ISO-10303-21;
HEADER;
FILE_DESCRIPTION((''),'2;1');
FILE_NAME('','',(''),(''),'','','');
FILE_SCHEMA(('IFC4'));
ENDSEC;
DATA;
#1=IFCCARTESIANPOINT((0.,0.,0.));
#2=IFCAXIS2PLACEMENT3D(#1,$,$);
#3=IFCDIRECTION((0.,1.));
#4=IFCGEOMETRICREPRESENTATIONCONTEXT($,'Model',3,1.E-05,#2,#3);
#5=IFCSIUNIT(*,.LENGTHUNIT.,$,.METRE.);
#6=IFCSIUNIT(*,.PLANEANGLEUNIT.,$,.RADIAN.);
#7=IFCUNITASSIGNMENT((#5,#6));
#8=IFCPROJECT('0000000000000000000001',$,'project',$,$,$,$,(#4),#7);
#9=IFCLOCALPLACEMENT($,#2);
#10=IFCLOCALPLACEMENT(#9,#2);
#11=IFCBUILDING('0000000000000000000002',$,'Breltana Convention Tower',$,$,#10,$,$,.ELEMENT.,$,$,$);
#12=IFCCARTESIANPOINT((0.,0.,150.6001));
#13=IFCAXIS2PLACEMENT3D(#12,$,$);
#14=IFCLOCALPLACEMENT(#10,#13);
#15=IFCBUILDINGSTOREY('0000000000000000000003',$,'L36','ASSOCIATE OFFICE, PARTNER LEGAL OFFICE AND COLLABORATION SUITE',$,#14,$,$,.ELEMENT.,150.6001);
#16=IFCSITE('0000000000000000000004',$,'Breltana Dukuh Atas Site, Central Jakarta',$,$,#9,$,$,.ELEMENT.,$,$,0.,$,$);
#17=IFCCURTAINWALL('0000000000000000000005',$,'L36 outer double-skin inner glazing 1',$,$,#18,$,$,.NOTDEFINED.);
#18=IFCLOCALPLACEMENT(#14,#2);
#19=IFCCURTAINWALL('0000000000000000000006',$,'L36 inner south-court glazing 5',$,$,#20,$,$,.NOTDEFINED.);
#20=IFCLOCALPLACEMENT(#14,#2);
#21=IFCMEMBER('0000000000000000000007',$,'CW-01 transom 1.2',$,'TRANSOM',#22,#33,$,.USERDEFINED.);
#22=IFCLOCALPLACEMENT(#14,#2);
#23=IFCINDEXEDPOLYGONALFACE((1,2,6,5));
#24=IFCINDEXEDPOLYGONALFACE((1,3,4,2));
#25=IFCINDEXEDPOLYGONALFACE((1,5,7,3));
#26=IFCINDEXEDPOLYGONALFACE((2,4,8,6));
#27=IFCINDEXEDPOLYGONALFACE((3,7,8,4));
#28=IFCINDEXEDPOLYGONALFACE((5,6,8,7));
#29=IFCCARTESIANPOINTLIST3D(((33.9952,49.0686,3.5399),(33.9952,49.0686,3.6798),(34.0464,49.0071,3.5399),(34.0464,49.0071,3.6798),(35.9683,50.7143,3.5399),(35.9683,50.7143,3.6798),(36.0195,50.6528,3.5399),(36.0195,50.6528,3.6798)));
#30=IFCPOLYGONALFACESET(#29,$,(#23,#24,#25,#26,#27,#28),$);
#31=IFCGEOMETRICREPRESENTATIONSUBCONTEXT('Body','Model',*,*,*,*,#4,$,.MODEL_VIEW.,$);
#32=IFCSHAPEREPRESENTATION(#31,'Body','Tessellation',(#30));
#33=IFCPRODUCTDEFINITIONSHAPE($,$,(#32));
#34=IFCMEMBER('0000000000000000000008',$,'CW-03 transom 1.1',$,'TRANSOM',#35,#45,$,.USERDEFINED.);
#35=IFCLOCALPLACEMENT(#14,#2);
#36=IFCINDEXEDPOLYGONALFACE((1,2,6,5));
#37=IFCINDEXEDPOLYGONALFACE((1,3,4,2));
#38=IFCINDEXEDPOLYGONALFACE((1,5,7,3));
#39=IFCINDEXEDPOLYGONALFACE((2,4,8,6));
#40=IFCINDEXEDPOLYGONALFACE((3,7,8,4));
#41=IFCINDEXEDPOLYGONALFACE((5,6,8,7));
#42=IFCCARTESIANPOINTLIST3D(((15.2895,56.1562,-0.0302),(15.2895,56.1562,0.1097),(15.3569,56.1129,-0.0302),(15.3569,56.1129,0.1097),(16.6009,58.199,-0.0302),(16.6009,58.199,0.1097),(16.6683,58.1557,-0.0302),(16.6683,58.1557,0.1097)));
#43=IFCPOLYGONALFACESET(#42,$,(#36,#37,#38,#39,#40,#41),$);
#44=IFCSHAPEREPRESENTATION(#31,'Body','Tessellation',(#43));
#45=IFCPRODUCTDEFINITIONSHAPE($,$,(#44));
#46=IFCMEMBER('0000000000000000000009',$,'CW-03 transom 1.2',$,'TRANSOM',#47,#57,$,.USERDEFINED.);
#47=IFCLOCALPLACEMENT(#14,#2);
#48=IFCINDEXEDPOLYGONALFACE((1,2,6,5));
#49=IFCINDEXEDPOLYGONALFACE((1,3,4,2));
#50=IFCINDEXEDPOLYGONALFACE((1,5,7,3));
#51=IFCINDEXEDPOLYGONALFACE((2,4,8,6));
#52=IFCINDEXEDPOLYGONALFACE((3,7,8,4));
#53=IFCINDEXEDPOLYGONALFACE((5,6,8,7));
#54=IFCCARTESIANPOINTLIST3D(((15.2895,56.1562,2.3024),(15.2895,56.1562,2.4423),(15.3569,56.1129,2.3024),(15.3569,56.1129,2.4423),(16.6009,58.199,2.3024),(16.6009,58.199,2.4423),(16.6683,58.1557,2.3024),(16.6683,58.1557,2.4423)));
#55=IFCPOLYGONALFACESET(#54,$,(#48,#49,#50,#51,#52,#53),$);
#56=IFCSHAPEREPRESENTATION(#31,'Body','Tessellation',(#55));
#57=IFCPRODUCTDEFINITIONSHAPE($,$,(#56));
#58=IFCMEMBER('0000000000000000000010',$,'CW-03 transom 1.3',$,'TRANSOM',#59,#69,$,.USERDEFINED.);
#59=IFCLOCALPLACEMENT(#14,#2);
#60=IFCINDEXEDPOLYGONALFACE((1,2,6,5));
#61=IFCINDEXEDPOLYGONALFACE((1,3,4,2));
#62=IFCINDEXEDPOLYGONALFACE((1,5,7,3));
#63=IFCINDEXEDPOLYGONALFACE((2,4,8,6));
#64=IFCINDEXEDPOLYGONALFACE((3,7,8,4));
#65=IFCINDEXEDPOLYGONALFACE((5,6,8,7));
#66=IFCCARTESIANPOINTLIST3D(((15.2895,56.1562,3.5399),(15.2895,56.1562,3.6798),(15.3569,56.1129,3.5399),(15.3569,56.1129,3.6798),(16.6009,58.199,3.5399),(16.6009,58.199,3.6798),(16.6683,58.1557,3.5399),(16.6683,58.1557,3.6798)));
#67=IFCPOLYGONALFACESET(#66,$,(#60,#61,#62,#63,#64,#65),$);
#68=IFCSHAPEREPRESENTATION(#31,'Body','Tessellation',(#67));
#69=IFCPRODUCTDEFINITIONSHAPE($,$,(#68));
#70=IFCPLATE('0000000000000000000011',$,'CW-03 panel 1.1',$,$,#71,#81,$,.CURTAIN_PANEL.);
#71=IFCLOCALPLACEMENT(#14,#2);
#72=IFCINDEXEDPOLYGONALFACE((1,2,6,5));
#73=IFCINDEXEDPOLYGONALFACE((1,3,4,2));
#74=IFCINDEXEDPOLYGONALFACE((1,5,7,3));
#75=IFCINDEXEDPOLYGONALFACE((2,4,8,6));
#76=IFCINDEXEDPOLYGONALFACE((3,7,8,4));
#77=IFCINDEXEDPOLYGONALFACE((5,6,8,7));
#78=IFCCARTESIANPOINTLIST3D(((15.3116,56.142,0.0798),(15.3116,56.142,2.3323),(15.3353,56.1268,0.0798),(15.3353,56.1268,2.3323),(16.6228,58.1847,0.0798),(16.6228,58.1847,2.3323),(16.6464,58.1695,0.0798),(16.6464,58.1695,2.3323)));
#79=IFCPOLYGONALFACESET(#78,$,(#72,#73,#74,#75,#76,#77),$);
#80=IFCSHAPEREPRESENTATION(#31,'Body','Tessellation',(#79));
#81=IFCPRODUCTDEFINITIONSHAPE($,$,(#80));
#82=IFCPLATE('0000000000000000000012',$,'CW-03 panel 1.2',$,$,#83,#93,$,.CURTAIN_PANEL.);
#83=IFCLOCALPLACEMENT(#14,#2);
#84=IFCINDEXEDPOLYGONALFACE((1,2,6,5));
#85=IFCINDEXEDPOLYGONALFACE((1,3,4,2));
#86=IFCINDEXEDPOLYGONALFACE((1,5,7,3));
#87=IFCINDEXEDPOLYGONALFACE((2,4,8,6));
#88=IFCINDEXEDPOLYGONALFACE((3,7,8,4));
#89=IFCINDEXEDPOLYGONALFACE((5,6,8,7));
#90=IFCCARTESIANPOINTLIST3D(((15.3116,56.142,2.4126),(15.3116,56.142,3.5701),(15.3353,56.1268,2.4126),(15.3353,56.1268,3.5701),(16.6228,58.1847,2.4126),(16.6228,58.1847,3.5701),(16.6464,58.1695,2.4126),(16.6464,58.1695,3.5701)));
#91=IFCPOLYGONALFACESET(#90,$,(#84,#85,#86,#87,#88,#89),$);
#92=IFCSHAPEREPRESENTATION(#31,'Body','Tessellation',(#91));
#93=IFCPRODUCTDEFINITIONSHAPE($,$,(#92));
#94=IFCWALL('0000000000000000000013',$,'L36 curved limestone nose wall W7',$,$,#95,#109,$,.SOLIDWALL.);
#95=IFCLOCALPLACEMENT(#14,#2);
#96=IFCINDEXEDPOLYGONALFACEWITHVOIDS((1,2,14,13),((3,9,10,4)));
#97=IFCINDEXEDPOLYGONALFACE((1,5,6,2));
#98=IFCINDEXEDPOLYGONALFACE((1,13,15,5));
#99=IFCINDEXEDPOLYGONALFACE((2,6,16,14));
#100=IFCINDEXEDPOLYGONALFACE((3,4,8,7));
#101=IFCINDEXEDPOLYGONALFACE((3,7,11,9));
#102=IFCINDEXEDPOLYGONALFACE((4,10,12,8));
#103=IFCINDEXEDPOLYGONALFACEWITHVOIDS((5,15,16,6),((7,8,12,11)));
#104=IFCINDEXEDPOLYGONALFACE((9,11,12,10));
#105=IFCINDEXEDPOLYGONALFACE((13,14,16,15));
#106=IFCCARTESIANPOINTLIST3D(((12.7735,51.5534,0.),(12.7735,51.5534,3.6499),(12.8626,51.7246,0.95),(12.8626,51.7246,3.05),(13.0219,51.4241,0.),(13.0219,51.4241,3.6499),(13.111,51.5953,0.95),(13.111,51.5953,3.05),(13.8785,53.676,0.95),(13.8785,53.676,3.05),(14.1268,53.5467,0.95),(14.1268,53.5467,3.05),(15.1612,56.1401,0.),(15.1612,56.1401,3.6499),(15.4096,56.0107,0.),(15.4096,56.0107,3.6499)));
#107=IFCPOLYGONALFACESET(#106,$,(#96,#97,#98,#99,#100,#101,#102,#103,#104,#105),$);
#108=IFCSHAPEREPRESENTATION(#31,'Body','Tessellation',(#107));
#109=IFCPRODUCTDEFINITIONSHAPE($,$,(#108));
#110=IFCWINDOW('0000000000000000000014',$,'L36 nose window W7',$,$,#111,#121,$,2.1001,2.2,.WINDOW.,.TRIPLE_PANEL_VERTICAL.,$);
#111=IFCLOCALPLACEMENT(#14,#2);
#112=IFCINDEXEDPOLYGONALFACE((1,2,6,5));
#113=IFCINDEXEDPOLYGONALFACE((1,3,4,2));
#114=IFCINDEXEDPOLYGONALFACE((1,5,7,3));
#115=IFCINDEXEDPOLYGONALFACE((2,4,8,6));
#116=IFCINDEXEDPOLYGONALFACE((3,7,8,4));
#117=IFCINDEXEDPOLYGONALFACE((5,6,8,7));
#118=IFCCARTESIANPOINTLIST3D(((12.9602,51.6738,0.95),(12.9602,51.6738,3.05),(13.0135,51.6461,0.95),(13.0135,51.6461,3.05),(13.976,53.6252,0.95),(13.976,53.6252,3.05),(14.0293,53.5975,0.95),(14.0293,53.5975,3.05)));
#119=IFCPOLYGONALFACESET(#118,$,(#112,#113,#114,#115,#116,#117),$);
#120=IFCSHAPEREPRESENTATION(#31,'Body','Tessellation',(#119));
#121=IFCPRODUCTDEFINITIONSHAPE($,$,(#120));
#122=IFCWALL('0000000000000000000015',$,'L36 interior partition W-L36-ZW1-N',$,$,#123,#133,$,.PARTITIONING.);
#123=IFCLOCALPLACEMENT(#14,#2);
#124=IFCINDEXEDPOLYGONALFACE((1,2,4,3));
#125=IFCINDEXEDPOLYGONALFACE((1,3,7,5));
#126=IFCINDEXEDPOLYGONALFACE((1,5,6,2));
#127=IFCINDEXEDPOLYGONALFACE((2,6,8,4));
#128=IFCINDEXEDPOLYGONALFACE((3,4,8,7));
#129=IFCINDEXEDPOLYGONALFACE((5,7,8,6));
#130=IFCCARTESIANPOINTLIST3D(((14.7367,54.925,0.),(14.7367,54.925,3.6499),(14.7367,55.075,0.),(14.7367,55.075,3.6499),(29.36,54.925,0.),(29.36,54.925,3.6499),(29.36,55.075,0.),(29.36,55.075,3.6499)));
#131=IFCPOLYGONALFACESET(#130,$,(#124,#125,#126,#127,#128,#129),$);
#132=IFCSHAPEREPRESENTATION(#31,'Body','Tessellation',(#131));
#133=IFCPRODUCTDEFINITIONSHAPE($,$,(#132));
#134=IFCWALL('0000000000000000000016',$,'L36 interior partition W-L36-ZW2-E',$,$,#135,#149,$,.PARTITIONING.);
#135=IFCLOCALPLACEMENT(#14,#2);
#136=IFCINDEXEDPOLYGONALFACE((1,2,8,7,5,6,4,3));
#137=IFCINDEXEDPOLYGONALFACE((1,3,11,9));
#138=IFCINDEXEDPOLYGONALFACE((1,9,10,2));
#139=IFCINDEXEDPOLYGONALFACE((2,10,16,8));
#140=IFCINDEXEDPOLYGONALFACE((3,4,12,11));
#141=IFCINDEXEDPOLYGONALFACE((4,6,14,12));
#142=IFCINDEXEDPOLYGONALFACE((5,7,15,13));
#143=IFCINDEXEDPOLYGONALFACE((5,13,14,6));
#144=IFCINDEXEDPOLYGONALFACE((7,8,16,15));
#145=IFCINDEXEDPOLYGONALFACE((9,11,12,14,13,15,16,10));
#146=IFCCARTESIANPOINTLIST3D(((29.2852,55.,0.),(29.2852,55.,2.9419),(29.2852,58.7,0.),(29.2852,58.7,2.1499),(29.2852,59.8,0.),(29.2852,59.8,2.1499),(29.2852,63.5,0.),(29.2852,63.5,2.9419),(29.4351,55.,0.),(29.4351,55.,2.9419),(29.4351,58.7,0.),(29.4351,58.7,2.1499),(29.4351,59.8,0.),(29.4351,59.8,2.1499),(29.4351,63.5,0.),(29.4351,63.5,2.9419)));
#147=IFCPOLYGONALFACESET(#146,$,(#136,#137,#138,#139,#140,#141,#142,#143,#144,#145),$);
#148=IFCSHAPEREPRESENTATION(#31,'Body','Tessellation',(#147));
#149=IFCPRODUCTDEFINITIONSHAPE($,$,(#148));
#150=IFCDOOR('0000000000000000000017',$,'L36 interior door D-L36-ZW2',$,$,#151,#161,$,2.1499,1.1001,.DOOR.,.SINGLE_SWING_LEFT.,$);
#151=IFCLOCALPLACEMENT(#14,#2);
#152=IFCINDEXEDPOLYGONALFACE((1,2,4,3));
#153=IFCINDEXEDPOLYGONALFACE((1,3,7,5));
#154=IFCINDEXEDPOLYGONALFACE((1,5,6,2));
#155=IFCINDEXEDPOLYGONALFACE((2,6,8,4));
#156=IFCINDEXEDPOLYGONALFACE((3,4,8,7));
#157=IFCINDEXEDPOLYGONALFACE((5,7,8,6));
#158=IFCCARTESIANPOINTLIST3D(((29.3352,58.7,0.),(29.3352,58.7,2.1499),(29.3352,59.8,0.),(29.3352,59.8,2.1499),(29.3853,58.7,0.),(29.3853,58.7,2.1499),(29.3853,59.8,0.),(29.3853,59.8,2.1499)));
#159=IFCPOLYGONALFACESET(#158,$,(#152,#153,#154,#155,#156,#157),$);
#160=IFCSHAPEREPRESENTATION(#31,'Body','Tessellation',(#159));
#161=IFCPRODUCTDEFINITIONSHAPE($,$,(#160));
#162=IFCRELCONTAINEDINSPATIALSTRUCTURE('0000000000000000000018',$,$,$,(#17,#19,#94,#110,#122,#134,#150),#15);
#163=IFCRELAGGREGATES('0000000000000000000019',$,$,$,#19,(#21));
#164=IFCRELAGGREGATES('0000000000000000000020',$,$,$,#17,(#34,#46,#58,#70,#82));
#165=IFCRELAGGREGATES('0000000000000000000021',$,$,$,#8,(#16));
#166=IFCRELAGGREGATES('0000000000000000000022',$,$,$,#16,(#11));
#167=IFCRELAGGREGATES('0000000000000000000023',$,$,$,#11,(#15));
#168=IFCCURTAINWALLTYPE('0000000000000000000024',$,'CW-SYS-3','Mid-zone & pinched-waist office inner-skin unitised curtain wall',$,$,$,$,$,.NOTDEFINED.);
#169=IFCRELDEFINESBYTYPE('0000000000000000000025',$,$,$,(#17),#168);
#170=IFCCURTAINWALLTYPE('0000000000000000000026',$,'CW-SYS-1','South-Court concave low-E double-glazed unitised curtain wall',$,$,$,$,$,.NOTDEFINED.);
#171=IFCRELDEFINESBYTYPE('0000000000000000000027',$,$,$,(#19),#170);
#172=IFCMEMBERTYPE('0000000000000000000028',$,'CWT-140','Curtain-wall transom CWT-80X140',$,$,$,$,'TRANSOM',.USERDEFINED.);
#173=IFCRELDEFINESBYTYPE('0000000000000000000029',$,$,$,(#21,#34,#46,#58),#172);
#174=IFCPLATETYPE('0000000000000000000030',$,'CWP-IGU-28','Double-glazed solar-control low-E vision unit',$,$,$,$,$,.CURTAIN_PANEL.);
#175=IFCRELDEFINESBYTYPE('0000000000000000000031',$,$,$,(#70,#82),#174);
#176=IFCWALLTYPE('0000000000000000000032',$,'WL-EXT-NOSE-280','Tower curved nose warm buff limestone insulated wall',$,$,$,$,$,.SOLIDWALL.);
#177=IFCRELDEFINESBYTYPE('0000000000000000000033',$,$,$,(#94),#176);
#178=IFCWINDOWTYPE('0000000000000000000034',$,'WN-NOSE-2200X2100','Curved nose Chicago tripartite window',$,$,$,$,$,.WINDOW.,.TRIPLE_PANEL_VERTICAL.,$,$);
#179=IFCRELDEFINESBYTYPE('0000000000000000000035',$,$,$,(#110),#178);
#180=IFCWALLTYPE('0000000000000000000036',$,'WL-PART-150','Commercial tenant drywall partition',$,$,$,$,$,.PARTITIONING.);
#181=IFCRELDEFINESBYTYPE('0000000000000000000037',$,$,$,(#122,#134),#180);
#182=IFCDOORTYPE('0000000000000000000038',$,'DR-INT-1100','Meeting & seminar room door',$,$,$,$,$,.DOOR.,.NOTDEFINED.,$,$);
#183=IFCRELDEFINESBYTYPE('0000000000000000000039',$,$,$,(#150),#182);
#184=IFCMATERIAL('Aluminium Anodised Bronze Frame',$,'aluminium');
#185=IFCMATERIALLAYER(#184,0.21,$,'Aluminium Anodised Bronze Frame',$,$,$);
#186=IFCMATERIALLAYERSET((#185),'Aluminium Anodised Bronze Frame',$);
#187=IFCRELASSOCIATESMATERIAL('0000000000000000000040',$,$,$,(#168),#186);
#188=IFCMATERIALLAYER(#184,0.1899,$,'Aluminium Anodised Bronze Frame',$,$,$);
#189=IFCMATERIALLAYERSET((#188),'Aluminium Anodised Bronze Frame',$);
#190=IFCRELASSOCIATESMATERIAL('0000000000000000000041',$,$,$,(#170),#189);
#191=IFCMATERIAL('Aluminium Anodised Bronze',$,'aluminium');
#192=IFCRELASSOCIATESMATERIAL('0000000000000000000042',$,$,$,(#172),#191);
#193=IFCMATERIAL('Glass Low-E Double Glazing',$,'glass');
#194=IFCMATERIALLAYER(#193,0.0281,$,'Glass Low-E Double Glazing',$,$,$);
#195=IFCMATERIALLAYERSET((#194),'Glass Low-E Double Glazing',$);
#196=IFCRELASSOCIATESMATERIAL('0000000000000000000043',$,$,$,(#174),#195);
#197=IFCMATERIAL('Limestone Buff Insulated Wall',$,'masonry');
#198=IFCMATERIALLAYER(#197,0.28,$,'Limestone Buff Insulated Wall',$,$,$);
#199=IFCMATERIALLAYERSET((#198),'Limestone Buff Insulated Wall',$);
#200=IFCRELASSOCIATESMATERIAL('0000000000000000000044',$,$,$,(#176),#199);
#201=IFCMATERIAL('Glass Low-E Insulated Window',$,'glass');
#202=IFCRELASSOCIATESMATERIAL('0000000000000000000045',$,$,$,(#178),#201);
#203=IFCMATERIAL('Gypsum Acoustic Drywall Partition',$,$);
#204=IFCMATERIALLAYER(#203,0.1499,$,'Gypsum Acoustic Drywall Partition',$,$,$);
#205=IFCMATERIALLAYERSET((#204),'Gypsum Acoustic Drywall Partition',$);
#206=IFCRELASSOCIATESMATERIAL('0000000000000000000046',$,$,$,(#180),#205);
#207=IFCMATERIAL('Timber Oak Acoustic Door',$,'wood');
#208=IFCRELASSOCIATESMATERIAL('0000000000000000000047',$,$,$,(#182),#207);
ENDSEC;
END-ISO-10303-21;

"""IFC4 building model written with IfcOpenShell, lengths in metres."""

from ifc_helpers import new_model, si_unit, direction, frame, frame_2d, origin, origin_2d, place, context, subcontext, project, spatial, rectangle, extrude, source, transform, mapped, material, layer, layer_set, material_profile, profile_set, type_object, type_shapes, element, fill, aggregate, save


model = new_model("IFC4")

# Units and contexts
model_context = context("Model", 3, precision=1e-05, world=origin(), true_north=direction((0.0, 1.0)))
body_context = subcontext(model_context, "Body", "Model", "MODEL_VIEW")
ifc_project = project(units=[si_unit("LENGTHUNIT", "METRE"), si_unit("PLANEANGLEUNIT", "RADIAN")], contexts=[model_context])

# Site, building, storey
site_placement = place(None, origin())
site = spatial("IfcSite", under=ifc_project, at=site_placement, Name="Breltana Dukuh Atas Site, Central Jakarta", CompositionType="ELEMENT", RefElevation=0.0)
building_placement = place(site_placement, origin())
building = spatial("IfcBuilding", under=site, at=building_placement, Name="Breltana Convention Tower", CompositionType="ELEMENT")
storey_placement = place(building_placement, frame((0.0, 0.0, 150.6001)))
storey = spatial("IfcBuildingStorey", under=building, at=storey_placement, Name="L36", Description="ASSOCIATE OFFICE, PARTNER LEGAL OFFICE AND COLLABORATION SUITE", CompositionType="ELEMENT", Elevation=150.6001)

# Curtain walls, member
ifc_material_1 = material(Name="Aluminium Anodised Bronze Frame", Category="aluminium")
ifc_layer_1 = layer(ifc_material_1, 0.21, Name="Aluminium Anodised Bronze Frame")
ifc_layer_set_1 = layer_set([ifc_layer_1], Name="Aluminium Anodised Bronze Frame")
curtain_wall_type_1 = type_object("IfcCurtainWallType", Name="CW-SYS-3", Description="Mid-zone & pinched-waist office inner-skin unitised curtain wall", PredefinedType="NOTDEFINED", material=ifc_layer_set_1)
curtain_wall_1_placement = place(storey_placement, origin())
curtain_wall_1 = element("IfcCurtainWall", 1, at=curtain_wall_1_placement, inside=storey, type_object=curtain_wall_type_1, Name="L36 outer double-skin inner glazing 1", PredefinedType="NOTDEFINED")
ifc_material_2 = material(Name="Aluminium Anodised Bronze", Category="aluminium")
ifc_layer_2 = layer(ifc_material_1, 0.1899, Name="Aluminium Anodised Bronze Frame")
ifc_layer_set_2 = layer_set([ifc_layer_2], Name="Aluminium Anodised Bronze Frame")
curtain_wall_type_2 = type_object("IfcCurtainWallType", Name="CW-SYS-1", Description="South-Court concave low-E double-glazed unitised curtain wall", PredefinedType="NOTDEFINED", material=ifc_layer_set_2)
curtain_wall_2_placement = place(storey_placement, origin())
curtain_wall_2 = element("IfcCurtainWall", 2, at=curtain_wall_2_placement, inside=storey, type_object=curtain_wall_type_2, Name="L36 inner south-court glazing 5", PredefinedType="NOTDEFINED")
ifc_material_profile_1 = material_profile(ifc_material_2, rectangle(XDim=0.0801, YDim=0.1399, at=origin_2d()), Name="CWT-80X140")
ifc_profile_set_1 = profile_set([ifc_material_profile_1], Name="Aluminium Anodised Bronze")
member_type_1 = type_object("IfcMemberType", Name="CWT-140", Description="Curtain-wall transom CWT-80X140", ElementType="TRANSOM", PredefinedType="USERDEFINED", material=ifc_profile_set_1)
shared_shape_1 = source(origin(), body_context, "Body", "SweptSolid", [
    extrude(rectangle(XDim=0.0801, YDim=0.1399, at=origin_2d()), origin(), (0.0, 0.0, 1.0), 2.5693),
])
member_1_placement = place(storey_placement, frame((35.9939, 50.6836, 3.6099), z_axis=(-0.767941, -0.640521, 0.0), x_axis=(0.640521, -0.767941, 0.0)))
member_1 = element("IfcMember", 3, at=member_1_placement, type_object=member_type_1, Name="CW-01 transom 1.2", ObjectType="TRANSOM", PredefinedType="USERDEFINED", context=body_context, shape_type="MappedRepresentation", body=[
    mapped(shared_shape_1, transform((0.0, 0.0, 0.0), scale=1.0)),
])
aggregate(curtain_wall_2, [member_1])

# Members
shared_shape_2 = source(origin(), body_context, "Body", "SweptSolid", [
    extrude(rectangle(XDim=0.0801, YDim=0.1399, at=origin_2d()), origin(), (0.0, 0.0, 1.0), 2.4275),
])
member_2_placement = place(storey_placement, frame((15.3232, 56.1345, 0.0398), z_axis=(0.540203, 0.841534, 0.0), x_axis=(-0.841534, 0.540203, 0.0)))
member_2 = element("IfcMember", 4, at=member_2_placement, type_object=member_type_1, Name="CW-03 transom 1.1", ObjectType="TRANSOM", PredefinedType="USERDEFINED", context=body_context, shape_type="MappedRepresentation", body=[
    mapped(shared_shape_2, transform((0.0, 0.0, 0.0), scale=1.0)),
])
member_3_placement = place(storey_placement, frame((15.3232, 56.1345, 2.3723), z_axis=(0.540203, 0.841534, 0.0), x_axis=(-0.841534, 0.540203, 0.0)))
member_3 = element("IfcMember", 5, at=member_3_placement, type_object=member_type_1, Name="CW-03 transom 1.2", ObjectType="TRANSOM", PredefinedType="USERDEFINED", context=body_context, shape_type="MappedRepresentation", body=[
    mapped(shared_shape_2, transform((0.0, 0.0, 0.0), scale=1.0)),
])
member_4_placement = place(storey_placement, frame((15.3232, 56.1345, 3.6099), z_axis=(0.540203, 0.841534, 0.0), x_axis=(-0.841534, 0.540203, 0.0)))
member_4 = element("IfcMember", 6, at=member_4_placement, type_object=member_type_1, Name="CW-03 transom 1.3", ObjectType="TRANSOM", PredefinedType="USERDEFINED", context=body_context, shape_type="MappedRepresentation", body=[
    mapped(shared_shape_2, transform((0.0, 0.0, 0.0), scale=1.0)),
])

# Plates
ifc_material_3 = material(Name="Glass Low-E Double Glazing", Category="glass")
ifc_layer_3 = layer(ifc_material_3, 0.0281, Name="Glass Low-E Double Glazing")
ifc_layer_set_3 = layer_set([ifc_layer_3], Name="Glass Low-E Double Glazing")
plate_type = type_object("IfcPlateType", Name="CWP-IGU-28", Description="Double-glazed solar-control low-E vision unit", PredefinedType="CURTAIN_PANEL", material=ifc_layer_set_3)
shared_shape_3 = source(origin(), body_context, "Body", "SweptSolid", [
    extrude(rectangle(XDim=2.4272, YDim=0.0281, at=origin_2d()), origin(), (0.0, 0.0, 1.0), 2.2524),
])
plate_1_placement = place(storey_placement, frame((15.979, 57.1558, 0.0798), z_axis=(0.0, 0.0, 1.0), x_axis=(0.540173, 0.841554, 0.0)))
plate_1 = element("IfcPlate", 7, at=plate_1_placement, type_object=plate_type, Name="CW-03 panel 1.1", PredefinedType="CURTAIN_PANEL", context=body_context, shape_type="MappedRepresentation", body=[
    mapped(shared_shape_3, transform((0.0, 0.0, 0.0), scale=1.0)),
])
shared_shape_4 = source(origin(), body_context, "Body", "SweptSolid", [
    extrude(rectangle(XDim=2.4272, YDim=0.0281, at=origin_2d()), origin(), (0.0, 0.0, 1.0), 1.1575),
])
plate_2_placement = place(storey_placement, frame((15.979, 57.1558, 2.4126), z_axis=(0.0, 0.0, 1.0), x_axis=(0.540173, 0.841554, 0.0)))
plate_2 = element("IfcPlate", 8, at=plate_2_placement, type_object=plate_type, Name="CW-03 panel 1.2", PredefinedType="CURTAIN_PANEL", context=body_context, shape_type="MappedRepresentation", body=[
    mapped(shared_shape_4, transform((0.0, 0.0, 0.0), scale=1.0)),
])
aggregate(curtain_wall_1, [member_2, member_3, member_4, plate_1, plate_2])

# Wall, opening, window
ifc_material_4 = material(Name="Limestone Buff Insulated Wall", Category="masonry")
ifc_layer_4 = layer(ifc_material_4, 0.28, Name="Limestone Buff Insulated Wall")
ifc_layer_set_4 = layer_set([ifc_layer_4], Name="Limestone Buff Insulated Wall")
wall_type_1 = type_object("IfcWallType", Name="WL-EXT-NOSE-280", Description="Tower curved nose warm buff limestone insulated wall", PredefinedType="SOLIDWALL", material=ifc_layer_set_4)
shared_shape_5 = source(origin(), body_context, "Body", "SweptSolid", [
    extrude(rectangle(XDim=5.1709, YDim=0.28, at=frame_2d((2.5854, 0.0))), origin(), (0.0, 0.0, 1.0), 3.6499),
])
wall_1_placement = place(storey_placement, frame((12.8977, 51.4888, 0.0), z_axis=(0.0, 0.0, 1.0), x_axis=(0.461753, 0.887009, 0.0)))
wall_1 = element("IfcWall", 9, at=wall_1_placement, inside=storey, type_object=wall_type_1, Name="L36 curved limestone nose wall W7", PredefinedType="SOLIDWALL", context=body_context, shape_type="MappedRepresentation", body=[
    mapped(shared_shape_5, transform((0.0, 0.0, 0.0), scale=1.0)),
])
opening_1_placement = place(wall_1_placement, frame((0.1929, 0.0, 0.95)))
opening_1 = element("IfcOpeningElement", 10, at=opening_1_placement, cuts=wall_1, PredefinedType="OPENING", context=body_context, shape_type="SweptSolid", body=[
    extrude(rectangle(XDim=2.2, YDim=2.1001, at=frame_2d((1.1001, 1.05))), frame((0.0, 0.1499, 0.0), z_axis=(0.0, -1.0, 0.0), x_axis=(1.0, 0.0, 0.0)), (0.0, 0.0, 1.0), 0.3),
])
ifc_material_5 = material(Name="Glass Low-E Insulated Window", Category="glass")
window_type = type_object("IfcWindowType", Name="WN-NOSE-2200X2100", Description="Curved nose Chicago tripartite window", PartitioningType="TRIPLE_PANEL_VERTICAL", PredefinedType="WINDOW", material=ifc_material_5)
shared_shape_6 = source(origin(), body_context, "Body", "SweptSolid", [
    extrude(rectangle(XDim=2.2, YDim=2.1001, at=frame_2d((1.1001, 1.05))), frame((0.0, 0.03, 0.0), z_axis=(0.0, -1.0, 0.0), x_axis=(1.0, 0.0, 0.0)), (0.0, 0.0, 1.0), 0.0601),
])
type_shapes(window_type, [shared_shape_6])
window_placement = place(opening_1_placement, origin())
window = element("IfcWindow", 11, at=window_placement, inside=storey, type_object=window_type, Name="L36 nose window W7", OverallHeight=2.1001, OverallWidth=2.2, PartitioningType="TRIPLE_PANEL_VERTICAL", PredefinedType="WINDOW", context=body_context, shape_type="MappedRepresentation", body=[
    mapped(shared_shape_6, transform((0.0, 0.0, 0.0), scale=1.0)),
])
fill(opening_1, window)

# Wall
ifc_material_6 = material(Name="Gypsum Acoustic Drywall Partition")
ifc_layer_5 = layer(ifc_material_6, 0.1499, Name="Gypsum Acoustic Drywall Partition")
ifc_layer_set_5 = layer_set([ifc_layer_5], Name="Gypsum Acoustic Drywall Partition")
wall_type_2 = type_object("IfcWallType", Name="WL-PART-150", Description="Commercial tenant drywall partition", PredefinedType="PARTITIONING", material=ifc_layer_set_5)
shared_shape_7 = source(origin(), body_context, "Body", "SweptSolid", [
    extrude(rectangle(XDim=14.6233, YDim=0.1499, at=frame_2d((7.3115, 0.0))), origin(), (0.0, 0.0, 1.0), 3.6499),
])
wall_2_placement = place(storey_placement, frame((14.7368, 55.0, 0.0), z_axis=(0.0, 0.0, 1.0), x_axis=(1.0, 0.0, 0.0)))
element("IfcWall", 12, at=wall_2_placement, inside=storey, type_object=wall_type_2, Name="L36 interior partition W-L36-ZW1-N", PredefinedType="PARTITIONING", context=body_context, shape_type="MappedRepresentation", body=[
    mapped(shared_shape_7, transform((0.0, 0.0, 0.0), scale=1.0)),
])

# Wall, opening, door
shared_shape_8 = source(origin(), body_context, "Body", "SweptSolid", [
    extrude(rectangle(XDim=8.5, YDim=0.1499, at=frame_2d((4.25, 0.0))), origin(), (0.0, 0.0, 1.0), 2.9419),
])
wall_3_placement = place(storey_placement, frame((29.3601, 55.0, 0.0), z_axis=(0.0, 0.0, 1.0), x_axis=(0.0, 1.0, 0.0)))
wall_3 = element("IfcWall", 13, at=wall_3_placement, inside=storey, type_object=wall_type_2, Name="L36 interior partition W-L36-ZW2-E", PredefinedType="PARTITIONING", context=body_context, shape_type="MappedRepresentation", body=[
    mapped(shared_shape_8, transform((0.0, 0.0, 0.0), scale=1.0)),
])
opening_2_placement = place(wall_3_placement, frame((3.7, 0.0, 0.0)))
opening_2 = element("IfcOpeningElement", 14, at=opening_2_placement, cuts=wall_3, PredefinedType="OPENING", context=body_context, shape_type="SweptSolid", body=[
    extrude(rectangle(XDim=1.1001, YDim=2.1499, at=frame_2d((0.55, 1.075))), frame((0.0, 0.085, 0.0), z_axis=(0.0, -1.0, 0.0), x_axis=(1.0, 0.0, 0.0)), (0.0, 0.0, 1.0), 0.1699),
])
ifc_material_7 = material(Name="Timber Oak Acoustic Door", Category="wood")
door_type = type_object("IfcDoorType", Name="DR-INT-1100", Description="Meeting & seminar room door", OperationType="NOTDEFINED", PredefinedType="DOOR", material=ifc_material_7)
shared_shape_9 = source(origin(), body_context, "Body", "SweptSolid", [
    extrude(rectangle(XDim=1.1001, YDim=2.1499, at=frame_2d((0.55, 1.075))), frame((0.0, 0.0249, 0.0), z_axis=(0.0, -1.0, 0.0), x_axis=(1.0, 0.0, 0.0)), (0.0, 0.0, 1.0), 0.05),
])
type_shapes(door_type, [shared_shape_9])
door_placement = place(opening_2_placement, origin())
door = element("IfcDoor", 15, at=door_placement, inside=storey, type_object=door_type, Name="L36 interior door D-L36-ZW2", OperationType="SINGLE_SWING_LEFT", OverallHeight=2.1499, OverallWidth=1.1001, PredefinedType="DOOR", context=body_context, shape_type="MappedRepresentation", body=[
    mapped(shared_shape_9, transform((0.0, 0.0, 0.0), scale=1.0)),
])
fill(opening_2, door)

save(model, "model.ifc")
